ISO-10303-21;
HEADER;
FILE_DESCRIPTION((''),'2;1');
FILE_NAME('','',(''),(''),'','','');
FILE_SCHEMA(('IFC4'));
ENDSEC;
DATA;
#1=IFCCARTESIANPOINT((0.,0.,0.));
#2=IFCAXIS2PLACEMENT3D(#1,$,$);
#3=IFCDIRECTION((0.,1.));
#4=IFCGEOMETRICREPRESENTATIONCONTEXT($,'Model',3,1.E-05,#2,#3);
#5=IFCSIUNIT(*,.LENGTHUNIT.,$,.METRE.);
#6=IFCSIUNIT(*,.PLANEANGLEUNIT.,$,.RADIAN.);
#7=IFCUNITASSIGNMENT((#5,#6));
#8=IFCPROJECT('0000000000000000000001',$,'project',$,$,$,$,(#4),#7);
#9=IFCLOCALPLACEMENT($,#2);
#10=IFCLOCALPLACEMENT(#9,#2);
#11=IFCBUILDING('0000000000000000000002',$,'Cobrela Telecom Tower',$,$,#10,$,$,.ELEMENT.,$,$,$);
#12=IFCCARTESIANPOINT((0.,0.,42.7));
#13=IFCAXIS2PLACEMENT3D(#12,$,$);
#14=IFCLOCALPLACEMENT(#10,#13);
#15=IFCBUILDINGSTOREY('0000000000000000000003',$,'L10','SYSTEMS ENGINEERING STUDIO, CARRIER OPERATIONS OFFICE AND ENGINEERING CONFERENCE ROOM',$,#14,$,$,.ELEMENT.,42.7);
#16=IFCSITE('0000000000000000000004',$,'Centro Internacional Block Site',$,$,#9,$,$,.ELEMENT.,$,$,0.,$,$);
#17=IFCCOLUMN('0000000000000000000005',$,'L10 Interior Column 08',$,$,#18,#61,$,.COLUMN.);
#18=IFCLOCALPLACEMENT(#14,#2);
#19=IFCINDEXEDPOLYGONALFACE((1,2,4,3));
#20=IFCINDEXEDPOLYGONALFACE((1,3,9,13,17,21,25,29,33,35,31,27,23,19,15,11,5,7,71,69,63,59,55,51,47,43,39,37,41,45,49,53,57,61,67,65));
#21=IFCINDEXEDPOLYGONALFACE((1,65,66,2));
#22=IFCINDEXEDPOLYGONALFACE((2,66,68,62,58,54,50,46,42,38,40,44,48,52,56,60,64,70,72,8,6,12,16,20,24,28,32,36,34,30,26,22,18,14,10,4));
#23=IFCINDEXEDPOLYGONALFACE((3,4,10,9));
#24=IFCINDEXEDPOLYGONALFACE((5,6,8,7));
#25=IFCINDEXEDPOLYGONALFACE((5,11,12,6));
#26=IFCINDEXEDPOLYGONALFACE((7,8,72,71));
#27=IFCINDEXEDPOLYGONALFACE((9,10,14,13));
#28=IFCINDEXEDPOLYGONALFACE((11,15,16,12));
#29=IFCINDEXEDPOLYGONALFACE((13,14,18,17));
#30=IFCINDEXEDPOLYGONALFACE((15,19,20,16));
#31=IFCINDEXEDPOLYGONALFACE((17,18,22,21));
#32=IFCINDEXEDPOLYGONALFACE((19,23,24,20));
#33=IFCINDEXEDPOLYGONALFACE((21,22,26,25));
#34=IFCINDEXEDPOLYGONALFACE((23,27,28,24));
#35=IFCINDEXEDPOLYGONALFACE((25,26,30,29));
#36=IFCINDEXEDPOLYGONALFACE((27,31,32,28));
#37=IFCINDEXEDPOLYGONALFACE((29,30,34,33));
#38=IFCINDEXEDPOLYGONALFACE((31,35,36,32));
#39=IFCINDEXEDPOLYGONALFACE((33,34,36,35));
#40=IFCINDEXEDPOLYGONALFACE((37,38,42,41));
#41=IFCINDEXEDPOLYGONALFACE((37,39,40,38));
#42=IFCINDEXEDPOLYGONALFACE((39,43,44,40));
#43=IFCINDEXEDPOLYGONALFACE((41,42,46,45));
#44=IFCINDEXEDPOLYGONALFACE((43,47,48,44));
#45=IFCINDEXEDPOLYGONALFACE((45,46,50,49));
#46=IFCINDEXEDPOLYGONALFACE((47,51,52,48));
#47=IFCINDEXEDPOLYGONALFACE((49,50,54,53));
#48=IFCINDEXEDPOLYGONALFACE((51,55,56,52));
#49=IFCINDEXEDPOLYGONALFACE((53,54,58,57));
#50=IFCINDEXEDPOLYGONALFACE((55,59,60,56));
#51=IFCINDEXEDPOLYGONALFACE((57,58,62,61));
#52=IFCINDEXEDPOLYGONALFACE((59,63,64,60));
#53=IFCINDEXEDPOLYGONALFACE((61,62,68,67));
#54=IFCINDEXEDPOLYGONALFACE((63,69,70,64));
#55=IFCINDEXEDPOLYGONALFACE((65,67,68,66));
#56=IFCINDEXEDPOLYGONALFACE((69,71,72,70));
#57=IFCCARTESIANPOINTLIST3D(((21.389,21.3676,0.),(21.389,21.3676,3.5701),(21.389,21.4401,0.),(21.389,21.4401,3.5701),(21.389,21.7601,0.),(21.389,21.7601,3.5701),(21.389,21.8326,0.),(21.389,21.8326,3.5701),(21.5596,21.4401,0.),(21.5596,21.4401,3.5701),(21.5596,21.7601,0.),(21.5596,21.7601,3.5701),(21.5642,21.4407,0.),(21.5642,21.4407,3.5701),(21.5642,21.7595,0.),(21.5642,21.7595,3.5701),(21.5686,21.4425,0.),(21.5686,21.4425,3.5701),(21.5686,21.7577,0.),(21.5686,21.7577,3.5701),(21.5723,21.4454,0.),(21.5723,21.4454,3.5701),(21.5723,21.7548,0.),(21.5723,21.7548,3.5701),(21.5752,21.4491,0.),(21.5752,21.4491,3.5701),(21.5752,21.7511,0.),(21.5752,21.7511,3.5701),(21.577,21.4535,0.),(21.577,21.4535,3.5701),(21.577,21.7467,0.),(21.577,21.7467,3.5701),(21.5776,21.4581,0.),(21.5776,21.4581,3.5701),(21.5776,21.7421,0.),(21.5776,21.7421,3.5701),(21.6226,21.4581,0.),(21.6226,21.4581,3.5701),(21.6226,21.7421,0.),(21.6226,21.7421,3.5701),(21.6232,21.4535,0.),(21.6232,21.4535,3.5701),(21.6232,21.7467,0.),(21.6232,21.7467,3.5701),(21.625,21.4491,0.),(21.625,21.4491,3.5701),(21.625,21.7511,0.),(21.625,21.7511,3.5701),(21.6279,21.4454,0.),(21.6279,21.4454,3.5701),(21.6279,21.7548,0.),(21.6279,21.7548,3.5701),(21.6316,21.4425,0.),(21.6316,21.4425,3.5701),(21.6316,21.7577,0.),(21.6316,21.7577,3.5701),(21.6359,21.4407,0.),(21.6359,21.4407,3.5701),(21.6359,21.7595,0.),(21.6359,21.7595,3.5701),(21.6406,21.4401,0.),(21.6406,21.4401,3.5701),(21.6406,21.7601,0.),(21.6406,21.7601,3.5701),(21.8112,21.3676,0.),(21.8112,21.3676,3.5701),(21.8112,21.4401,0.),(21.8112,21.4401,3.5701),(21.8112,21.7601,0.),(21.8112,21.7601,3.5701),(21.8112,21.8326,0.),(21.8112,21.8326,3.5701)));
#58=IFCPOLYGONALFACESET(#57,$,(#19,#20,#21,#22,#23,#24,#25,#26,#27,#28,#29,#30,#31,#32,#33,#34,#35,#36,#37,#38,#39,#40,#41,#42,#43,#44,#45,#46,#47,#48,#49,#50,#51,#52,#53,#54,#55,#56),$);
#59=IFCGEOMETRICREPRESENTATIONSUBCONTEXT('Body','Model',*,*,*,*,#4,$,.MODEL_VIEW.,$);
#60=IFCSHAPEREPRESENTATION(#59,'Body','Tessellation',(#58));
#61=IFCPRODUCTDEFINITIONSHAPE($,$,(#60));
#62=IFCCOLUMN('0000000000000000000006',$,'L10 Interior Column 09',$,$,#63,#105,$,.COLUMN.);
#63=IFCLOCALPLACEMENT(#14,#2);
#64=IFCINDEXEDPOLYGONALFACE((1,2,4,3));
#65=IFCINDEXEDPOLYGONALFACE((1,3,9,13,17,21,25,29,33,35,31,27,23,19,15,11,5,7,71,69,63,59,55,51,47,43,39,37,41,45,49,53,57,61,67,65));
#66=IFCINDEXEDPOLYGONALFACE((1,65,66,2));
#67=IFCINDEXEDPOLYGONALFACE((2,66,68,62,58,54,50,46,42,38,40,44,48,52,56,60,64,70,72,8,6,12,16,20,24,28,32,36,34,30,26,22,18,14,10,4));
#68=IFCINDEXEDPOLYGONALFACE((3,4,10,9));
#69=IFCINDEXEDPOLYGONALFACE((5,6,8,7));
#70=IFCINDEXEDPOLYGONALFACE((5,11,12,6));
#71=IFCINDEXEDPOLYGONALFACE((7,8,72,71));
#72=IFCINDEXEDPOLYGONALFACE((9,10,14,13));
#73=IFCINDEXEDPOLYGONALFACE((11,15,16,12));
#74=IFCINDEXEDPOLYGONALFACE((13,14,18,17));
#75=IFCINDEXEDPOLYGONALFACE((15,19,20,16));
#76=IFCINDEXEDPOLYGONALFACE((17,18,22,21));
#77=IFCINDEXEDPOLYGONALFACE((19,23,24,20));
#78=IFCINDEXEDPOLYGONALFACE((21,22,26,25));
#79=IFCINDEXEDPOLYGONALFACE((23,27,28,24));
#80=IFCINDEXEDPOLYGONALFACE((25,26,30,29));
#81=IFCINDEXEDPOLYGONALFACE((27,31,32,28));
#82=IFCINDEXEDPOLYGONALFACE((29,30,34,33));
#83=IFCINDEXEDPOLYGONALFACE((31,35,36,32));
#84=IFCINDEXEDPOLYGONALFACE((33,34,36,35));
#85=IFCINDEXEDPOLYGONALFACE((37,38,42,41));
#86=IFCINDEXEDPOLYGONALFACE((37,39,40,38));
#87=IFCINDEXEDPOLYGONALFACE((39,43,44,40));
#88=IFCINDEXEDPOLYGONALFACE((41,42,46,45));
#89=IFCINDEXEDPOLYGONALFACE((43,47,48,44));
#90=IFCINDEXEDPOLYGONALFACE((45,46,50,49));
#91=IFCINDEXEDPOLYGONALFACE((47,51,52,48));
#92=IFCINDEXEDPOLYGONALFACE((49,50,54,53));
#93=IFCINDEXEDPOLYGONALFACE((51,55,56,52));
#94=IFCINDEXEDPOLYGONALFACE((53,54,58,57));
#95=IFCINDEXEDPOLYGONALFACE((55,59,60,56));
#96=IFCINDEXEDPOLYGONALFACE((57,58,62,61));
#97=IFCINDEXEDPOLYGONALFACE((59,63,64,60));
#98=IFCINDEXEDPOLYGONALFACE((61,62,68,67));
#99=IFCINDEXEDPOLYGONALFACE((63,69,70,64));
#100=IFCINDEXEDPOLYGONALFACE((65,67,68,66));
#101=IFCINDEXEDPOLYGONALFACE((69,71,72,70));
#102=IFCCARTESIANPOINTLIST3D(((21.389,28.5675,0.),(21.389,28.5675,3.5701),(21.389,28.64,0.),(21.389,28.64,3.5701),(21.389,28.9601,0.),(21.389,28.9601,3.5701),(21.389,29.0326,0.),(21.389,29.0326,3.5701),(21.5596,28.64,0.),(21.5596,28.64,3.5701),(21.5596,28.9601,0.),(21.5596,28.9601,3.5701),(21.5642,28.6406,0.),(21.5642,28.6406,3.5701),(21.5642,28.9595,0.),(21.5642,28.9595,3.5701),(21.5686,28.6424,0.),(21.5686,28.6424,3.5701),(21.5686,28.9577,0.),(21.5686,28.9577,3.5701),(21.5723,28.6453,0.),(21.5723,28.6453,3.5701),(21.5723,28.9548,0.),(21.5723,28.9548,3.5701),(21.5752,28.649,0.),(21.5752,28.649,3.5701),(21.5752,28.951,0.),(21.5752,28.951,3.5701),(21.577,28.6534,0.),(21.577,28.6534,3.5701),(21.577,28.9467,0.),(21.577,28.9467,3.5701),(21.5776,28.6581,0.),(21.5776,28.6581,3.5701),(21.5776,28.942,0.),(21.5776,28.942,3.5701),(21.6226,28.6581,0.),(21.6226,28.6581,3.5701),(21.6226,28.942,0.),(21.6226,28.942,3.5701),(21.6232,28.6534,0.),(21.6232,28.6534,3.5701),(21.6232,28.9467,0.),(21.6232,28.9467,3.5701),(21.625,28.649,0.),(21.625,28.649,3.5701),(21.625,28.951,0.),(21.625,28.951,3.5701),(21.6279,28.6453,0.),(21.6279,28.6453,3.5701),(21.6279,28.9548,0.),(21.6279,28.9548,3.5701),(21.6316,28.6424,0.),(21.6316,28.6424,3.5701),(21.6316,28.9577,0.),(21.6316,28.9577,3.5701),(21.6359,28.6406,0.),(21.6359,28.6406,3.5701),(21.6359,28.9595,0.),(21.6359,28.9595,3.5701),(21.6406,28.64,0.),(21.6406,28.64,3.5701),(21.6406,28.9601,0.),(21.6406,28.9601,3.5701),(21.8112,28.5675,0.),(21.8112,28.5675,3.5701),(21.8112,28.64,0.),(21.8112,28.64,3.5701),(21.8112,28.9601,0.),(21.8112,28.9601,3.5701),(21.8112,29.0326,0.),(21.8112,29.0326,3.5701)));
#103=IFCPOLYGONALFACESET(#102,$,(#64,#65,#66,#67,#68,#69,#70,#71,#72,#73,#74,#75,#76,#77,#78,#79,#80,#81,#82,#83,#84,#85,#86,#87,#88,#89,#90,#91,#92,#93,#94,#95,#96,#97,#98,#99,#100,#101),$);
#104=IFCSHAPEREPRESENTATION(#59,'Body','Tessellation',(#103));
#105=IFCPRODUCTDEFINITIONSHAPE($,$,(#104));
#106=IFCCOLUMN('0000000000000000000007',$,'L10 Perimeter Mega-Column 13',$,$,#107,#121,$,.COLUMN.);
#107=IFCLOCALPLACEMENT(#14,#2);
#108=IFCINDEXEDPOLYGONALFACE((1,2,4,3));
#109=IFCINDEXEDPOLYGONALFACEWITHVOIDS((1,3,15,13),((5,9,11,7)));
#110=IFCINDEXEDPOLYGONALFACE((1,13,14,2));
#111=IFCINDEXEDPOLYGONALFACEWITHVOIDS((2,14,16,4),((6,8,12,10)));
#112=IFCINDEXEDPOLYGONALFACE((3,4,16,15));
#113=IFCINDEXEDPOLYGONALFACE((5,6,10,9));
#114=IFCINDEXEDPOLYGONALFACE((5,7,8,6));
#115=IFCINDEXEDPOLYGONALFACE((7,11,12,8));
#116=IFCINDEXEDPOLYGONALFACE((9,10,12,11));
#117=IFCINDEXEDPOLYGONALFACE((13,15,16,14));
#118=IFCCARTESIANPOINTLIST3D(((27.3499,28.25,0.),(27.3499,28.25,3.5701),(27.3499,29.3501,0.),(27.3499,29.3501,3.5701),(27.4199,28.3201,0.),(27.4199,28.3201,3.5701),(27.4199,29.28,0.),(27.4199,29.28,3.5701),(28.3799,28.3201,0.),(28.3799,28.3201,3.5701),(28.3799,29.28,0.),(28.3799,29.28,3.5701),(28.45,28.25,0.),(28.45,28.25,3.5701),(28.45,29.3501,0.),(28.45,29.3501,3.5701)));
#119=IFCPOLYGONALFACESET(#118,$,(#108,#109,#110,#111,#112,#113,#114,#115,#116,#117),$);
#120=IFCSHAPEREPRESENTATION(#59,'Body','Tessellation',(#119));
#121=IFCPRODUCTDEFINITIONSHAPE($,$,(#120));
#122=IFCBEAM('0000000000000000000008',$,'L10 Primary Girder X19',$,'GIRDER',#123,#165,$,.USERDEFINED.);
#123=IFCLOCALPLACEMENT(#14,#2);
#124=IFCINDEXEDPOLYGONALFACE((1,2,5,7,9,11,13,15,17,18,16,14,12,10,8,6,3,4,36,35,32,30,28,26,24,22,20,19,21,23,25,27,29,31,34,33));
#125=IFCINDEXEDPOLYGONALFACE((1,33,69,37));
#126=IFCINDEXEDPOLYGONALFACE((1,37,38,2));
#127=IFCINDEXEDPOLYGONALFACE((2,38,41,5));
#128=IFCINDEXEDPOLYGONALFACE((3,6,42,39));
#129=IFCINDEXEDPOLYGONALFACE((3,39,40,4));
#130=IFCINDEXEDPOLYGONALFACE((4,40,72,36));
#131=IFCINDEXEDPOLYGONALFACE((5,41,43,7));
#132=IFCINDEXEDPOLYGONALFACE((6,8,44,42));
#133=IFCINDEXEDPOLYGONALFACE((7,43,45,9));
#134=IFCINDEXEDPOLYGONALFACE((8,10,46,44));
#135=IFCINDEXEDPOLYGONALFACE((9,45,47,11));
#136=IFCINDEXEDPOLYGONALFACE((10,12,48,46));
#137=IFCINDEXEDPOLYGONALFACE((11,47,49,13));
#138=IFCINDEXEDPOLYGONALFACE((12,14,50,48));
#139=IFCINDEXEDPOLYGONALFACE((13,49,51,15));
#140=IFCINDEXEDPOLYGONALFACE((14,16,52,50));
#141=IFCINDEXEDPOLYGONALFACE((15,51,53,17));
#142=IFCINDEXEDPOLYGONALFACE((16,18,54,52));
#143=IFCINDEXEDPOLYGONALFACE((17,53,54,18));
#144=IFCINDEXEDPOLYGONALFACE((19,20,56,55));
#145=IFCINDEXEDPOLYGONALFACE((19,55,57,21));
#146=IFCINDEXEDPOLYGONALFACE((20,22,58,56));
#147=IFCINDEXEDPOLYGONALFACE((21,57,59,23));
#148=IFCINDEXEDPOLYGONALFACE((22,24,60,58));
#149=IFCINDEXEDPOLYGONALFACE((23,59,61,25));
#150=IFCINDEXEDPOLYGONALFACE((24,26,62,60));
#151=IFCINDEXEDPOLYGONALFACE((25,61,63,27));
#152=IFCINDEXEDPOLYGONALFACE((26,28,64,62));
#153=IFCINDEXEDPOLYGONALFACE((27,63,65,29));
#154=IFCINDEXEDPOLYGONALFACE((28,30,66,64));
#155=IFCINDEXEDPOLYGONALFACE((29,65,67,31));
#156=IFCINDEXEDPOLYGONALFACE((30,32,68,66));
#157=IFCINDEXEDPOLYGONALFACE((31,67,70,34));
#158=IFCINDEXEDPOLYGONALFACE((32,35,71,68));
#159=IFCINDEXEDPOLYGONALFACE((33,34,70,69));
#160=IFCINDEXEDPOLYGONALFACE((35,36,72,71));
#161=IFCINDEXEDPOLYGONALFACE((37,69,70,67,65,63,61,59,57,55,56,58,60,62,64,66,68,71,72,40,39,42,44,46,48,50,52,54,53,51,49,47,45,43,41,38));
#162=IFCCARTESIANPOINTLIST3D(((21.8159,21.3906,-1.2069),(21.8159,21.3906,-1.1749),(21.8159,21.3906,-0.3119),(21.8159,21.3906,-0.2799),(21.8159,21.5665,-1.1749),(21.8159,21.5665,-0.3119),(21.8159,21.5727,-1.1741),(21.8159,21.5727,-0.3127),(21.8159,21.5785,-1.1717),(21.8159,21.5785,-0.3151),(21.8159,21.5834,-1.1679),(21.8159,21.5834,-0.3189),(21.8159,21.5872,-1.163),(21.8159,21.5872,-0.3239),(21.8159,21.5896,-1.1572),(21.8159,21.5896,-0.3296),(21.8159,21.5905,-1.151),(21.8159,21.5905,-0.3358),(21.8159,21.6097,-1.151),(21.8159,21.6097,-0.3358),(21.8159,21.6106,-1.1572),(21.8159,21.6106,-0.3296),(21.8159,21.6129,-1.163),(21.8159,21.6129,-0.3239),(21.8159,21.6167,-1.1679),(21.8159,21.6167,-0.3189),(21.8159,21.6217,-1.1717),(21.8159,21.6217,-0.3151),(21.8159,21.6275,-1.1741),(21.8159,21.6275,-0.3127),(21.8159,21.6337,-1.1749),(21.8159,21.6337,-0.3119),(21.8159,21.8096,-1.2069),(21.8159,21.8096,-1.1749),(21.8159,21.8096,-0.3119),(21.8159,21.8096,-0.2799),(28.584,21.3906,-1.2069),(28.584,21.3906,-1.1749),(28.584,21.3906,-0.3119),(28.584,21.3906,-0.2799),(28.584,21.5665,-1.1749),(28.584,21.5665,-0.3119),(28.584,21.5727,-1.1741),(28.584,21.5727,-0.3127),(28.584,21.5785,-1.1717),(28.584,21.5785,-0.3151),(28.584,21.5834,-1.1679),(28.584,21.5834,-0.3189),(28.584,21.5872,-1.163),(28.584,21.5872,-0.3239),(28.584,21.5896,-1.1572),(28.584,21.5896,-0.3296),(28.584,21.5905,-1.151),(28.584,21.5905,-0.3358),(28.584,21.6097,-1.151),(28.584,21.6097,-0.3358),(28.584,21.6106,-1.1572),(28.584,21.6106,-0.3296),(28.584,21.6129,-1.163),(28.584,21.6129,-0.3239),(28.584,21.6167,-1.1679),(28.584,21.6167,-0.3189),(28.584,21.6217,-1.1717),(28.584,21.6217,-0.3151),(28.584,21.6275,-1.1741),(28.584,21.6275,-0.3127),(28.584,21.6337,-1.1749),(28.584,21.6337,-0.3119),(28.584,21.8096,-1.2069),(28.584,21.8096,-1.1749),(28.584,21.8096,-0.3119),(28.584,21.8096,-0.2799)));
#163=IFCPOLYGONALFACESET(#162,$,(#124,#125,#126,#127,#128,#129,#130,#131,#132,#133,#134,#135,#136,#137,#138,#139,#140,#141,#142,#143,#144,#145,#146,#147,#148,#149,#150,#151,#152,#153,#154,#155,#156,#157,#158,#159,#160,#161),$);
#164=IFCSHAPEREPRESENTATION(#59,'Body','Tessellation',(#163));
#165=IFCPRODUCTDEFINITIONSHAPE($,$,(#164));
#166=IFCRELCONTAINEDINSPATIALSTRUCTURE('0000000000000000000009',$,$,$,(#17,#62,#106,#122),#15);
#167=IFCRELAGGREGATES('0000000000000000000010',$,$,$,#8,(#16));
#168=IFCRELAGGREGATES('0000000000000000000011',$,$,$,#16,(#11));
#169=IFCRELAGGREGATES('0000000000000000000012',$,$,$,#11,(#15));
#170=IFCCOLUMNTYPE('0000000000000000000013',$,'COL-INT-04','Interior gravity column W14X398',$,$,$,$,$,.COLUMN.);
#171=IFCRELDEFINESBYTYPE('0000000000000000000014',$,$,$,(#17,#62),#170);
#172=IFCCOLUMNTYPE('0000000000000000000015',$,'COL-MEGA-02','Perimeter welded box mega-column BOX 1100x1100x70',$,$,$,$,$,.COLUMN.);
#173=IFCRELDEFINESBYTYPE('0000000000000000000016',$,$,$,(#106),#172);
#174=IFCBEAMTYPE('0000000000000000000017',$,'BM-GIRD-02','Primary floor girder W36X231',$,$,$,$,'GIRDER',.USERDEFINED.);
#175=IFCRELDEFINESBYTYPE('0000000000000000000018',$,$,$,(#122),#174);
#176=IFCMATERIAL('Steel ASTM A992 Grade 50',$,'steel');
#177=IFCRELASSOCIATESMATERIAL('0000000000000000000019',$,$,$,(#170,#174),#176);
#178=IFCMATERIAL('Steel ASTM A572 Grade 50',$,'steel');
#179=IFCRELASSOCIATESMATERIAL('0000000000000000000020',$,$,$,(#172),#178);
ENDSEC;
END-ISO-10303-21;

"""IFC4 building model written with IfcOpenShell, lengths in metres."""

from ifc_helpers import new_model, si_unit, direction, frame, origin, origin_2d, place, context, subcontext, project, spatial, hollow_rectangle, i_section, extrude, material, material_profile, profile_set, type_object, element, save


model = new_model("IFC4")

# Units and contexts
model_context = context("Model", 3, precision=1e-05, world=origin(), true_north=direction((0.0, 1.0)))
body_context = subcontext(model_context, "Body", "Model", "MODEL_VIEW")
ifc_project = project(units=[si_unit("LENGTHUNIT", "METRE"), si_unit("PLANEANGLEUNIT", "RADIAN")], contexts=[model_context])

# Site, building, storey
site_placement = place(None, origin())
site = spatial("IfcSite", under=ifc_project, at=site_placement, Name="Centro Internacional Block Site", CompositionType="ELEMENT", RefElevation=0.0)
building_placement = place(site_placement, origin())
building = spatial("IfcBuilding", under=site, at=building_placement, Name="Cobrela Telecom Tower", CompositionType="ELEMENT")
storey_placement = place(building_placement, frame((0.0, 0.0, 42.7)))
storey = spatial("IfcBuildingStorey", under=building, at=storey_placement, Name="L10", Description="SYSTEMS ENGINEERING STUDIO, CARRIER OPERATIONS OFFICE AND ENGINEERING CONFERENCE ROOM", CompositionType="ELEMENT", Elevation=42.7)

# Columns
ifc_material_1 = material(Name="Steel ASTM A992 Grade 50", Category="steel")
ifc_material_profile_1 = material_profile(ifc_material_1, i_section(OverallWidth=0.4221, OverallDepth=0.4651, WebThickness=0.0449, FlangeThickness=0.0725, FilletRadius=0.0181, at=origin_2d()), Name="W14X398")
ifc_profile_set_1 = profile_set([ifc_material_profile_1], Name="Steel ASTM A992 Grade 50")
column_type_1 = type_object("IfcColumnType", Name="COL-INT-04", Description="Interior gravity column W14X398", PredefinedType="COLUMN", material=ifc_profile_set_1)
for number, where, z_axis, x_axis, name in (
    (1, (21.6001, 21.6001, 0.0), (0.0, 0.0, 1.0), (1.0, 0.0, 0.0), "L10 Interior Column 08"),
    (2, (21.6001, 28.8, 0.0), (0.0, 0.0, 1.0), (1.0, 0.0, 0.0), "L10 Interior Column 09"),
):
    element("IfcColumn", number, at=place(storey_placement, frame(where, z_axis=z_axis, x_axis=x_axis)), inside=storey, type_object=column_type_1, Name=name, PredefinedType="COLUMN", context=body_context, shape_type="SweptSolid", body=[
        extrude(i_section(OverallWidth=0.4221, OverallDepth=0.4651, WebThickness=0.0449, FlangeThickness=0.0725, FilletRadius=0.0181, at=origin_2d()), origin(), (0.0, 0.0, 1.0), 3.5701),
    ])
ifc_material_2 = material(Name="Steel ASTM A572 Grade 50", Category="steel")
ifc_material_profile_2 = material_profile(ifc_material_2, hollow_rectangle(XDim=1.1001, YDim=1.1001, WallThickness=0.0701, at=origin_2d()), Name="BOX 1100x1100x70")
ifc_profile_set_2 = profile_set([ifc_material_profile_2], Name="Steel ASTM A572 Grade 50")
column_type_2 = type_object("IfcColumnType", Name="COL-MEGA-02", Description="Perimeter welded box mega-column BOX 1100x1100x70", PredefinedType="COLUMN", material=ifc_profile_set_2)
column_placement = place(storey_placement, frame((27.8999, 28.8, 0.0), z_axis=(0.0, 0.0, 1.0), x_axis=(1.0, 0.0, 0.0)))
element("IfcColumn", 3, at=column_placement, inside=storey, type_object=column_type_2, Name="L10 Perimeter Mega-Column 13", PredefinedType="COLUMN", context=body_context, shape_type="SweptSolid", body=[
    extrude(hollow_rectangle(XDim=1.1001, YDim=1.1001, WallThickness=0.0701, at=origin_2d()), origin(), (0.0, 0.0, 1.0), 3.5701),
])

# Beam
ifc_material_profile_3 = material_profile(ifc_material_1, i_section(OverallWidth=0.4189, OverallDepth=0.927, WebThickness=0.0193, FlangeThickness=0.032, FilletRadius=0.0239, at=origin_2d()), Name="W36X231")
ifc_profile_set_3 = profile_set([ifc_material_profile_3], Name="Steel ASTM A992 Grade 50")
beam_type_1 = type_object("IfcBeamType", Name="BM-GIRD-02", Description="Primary floor girder W36X231", ElementType="GIRDER", PredefinedType="USERDEFINED", material=ifc_profile_set_3)
beam_1_placement = place(storey_placement, frame((21.8159, 21.6001, -0.7434), z_axis=(1.0, 0.0, 0.0), x_axis=(0.0, 1.0, 0.0)))
element("IfcBeam", 4, at=beam_1_placement, inside=storey, type_object=beam_type_1, Name="L10 Primary Girder X19", ObjectType="GIRDER", PredefinedType="USERDEFINED", context=body_context, shape_type="SweptSolid", body=[
    extrude(i_section(OverallWidth=0.4189, OverallDepth=0.927, WebThickness=0.0193, FlangeThickness=0.032, FilletRadius=0.0239, at=origin_2d()), origin(), (0.0, 0.0, 1.0), 6.7681),
])

save(model, "model.ifc")
